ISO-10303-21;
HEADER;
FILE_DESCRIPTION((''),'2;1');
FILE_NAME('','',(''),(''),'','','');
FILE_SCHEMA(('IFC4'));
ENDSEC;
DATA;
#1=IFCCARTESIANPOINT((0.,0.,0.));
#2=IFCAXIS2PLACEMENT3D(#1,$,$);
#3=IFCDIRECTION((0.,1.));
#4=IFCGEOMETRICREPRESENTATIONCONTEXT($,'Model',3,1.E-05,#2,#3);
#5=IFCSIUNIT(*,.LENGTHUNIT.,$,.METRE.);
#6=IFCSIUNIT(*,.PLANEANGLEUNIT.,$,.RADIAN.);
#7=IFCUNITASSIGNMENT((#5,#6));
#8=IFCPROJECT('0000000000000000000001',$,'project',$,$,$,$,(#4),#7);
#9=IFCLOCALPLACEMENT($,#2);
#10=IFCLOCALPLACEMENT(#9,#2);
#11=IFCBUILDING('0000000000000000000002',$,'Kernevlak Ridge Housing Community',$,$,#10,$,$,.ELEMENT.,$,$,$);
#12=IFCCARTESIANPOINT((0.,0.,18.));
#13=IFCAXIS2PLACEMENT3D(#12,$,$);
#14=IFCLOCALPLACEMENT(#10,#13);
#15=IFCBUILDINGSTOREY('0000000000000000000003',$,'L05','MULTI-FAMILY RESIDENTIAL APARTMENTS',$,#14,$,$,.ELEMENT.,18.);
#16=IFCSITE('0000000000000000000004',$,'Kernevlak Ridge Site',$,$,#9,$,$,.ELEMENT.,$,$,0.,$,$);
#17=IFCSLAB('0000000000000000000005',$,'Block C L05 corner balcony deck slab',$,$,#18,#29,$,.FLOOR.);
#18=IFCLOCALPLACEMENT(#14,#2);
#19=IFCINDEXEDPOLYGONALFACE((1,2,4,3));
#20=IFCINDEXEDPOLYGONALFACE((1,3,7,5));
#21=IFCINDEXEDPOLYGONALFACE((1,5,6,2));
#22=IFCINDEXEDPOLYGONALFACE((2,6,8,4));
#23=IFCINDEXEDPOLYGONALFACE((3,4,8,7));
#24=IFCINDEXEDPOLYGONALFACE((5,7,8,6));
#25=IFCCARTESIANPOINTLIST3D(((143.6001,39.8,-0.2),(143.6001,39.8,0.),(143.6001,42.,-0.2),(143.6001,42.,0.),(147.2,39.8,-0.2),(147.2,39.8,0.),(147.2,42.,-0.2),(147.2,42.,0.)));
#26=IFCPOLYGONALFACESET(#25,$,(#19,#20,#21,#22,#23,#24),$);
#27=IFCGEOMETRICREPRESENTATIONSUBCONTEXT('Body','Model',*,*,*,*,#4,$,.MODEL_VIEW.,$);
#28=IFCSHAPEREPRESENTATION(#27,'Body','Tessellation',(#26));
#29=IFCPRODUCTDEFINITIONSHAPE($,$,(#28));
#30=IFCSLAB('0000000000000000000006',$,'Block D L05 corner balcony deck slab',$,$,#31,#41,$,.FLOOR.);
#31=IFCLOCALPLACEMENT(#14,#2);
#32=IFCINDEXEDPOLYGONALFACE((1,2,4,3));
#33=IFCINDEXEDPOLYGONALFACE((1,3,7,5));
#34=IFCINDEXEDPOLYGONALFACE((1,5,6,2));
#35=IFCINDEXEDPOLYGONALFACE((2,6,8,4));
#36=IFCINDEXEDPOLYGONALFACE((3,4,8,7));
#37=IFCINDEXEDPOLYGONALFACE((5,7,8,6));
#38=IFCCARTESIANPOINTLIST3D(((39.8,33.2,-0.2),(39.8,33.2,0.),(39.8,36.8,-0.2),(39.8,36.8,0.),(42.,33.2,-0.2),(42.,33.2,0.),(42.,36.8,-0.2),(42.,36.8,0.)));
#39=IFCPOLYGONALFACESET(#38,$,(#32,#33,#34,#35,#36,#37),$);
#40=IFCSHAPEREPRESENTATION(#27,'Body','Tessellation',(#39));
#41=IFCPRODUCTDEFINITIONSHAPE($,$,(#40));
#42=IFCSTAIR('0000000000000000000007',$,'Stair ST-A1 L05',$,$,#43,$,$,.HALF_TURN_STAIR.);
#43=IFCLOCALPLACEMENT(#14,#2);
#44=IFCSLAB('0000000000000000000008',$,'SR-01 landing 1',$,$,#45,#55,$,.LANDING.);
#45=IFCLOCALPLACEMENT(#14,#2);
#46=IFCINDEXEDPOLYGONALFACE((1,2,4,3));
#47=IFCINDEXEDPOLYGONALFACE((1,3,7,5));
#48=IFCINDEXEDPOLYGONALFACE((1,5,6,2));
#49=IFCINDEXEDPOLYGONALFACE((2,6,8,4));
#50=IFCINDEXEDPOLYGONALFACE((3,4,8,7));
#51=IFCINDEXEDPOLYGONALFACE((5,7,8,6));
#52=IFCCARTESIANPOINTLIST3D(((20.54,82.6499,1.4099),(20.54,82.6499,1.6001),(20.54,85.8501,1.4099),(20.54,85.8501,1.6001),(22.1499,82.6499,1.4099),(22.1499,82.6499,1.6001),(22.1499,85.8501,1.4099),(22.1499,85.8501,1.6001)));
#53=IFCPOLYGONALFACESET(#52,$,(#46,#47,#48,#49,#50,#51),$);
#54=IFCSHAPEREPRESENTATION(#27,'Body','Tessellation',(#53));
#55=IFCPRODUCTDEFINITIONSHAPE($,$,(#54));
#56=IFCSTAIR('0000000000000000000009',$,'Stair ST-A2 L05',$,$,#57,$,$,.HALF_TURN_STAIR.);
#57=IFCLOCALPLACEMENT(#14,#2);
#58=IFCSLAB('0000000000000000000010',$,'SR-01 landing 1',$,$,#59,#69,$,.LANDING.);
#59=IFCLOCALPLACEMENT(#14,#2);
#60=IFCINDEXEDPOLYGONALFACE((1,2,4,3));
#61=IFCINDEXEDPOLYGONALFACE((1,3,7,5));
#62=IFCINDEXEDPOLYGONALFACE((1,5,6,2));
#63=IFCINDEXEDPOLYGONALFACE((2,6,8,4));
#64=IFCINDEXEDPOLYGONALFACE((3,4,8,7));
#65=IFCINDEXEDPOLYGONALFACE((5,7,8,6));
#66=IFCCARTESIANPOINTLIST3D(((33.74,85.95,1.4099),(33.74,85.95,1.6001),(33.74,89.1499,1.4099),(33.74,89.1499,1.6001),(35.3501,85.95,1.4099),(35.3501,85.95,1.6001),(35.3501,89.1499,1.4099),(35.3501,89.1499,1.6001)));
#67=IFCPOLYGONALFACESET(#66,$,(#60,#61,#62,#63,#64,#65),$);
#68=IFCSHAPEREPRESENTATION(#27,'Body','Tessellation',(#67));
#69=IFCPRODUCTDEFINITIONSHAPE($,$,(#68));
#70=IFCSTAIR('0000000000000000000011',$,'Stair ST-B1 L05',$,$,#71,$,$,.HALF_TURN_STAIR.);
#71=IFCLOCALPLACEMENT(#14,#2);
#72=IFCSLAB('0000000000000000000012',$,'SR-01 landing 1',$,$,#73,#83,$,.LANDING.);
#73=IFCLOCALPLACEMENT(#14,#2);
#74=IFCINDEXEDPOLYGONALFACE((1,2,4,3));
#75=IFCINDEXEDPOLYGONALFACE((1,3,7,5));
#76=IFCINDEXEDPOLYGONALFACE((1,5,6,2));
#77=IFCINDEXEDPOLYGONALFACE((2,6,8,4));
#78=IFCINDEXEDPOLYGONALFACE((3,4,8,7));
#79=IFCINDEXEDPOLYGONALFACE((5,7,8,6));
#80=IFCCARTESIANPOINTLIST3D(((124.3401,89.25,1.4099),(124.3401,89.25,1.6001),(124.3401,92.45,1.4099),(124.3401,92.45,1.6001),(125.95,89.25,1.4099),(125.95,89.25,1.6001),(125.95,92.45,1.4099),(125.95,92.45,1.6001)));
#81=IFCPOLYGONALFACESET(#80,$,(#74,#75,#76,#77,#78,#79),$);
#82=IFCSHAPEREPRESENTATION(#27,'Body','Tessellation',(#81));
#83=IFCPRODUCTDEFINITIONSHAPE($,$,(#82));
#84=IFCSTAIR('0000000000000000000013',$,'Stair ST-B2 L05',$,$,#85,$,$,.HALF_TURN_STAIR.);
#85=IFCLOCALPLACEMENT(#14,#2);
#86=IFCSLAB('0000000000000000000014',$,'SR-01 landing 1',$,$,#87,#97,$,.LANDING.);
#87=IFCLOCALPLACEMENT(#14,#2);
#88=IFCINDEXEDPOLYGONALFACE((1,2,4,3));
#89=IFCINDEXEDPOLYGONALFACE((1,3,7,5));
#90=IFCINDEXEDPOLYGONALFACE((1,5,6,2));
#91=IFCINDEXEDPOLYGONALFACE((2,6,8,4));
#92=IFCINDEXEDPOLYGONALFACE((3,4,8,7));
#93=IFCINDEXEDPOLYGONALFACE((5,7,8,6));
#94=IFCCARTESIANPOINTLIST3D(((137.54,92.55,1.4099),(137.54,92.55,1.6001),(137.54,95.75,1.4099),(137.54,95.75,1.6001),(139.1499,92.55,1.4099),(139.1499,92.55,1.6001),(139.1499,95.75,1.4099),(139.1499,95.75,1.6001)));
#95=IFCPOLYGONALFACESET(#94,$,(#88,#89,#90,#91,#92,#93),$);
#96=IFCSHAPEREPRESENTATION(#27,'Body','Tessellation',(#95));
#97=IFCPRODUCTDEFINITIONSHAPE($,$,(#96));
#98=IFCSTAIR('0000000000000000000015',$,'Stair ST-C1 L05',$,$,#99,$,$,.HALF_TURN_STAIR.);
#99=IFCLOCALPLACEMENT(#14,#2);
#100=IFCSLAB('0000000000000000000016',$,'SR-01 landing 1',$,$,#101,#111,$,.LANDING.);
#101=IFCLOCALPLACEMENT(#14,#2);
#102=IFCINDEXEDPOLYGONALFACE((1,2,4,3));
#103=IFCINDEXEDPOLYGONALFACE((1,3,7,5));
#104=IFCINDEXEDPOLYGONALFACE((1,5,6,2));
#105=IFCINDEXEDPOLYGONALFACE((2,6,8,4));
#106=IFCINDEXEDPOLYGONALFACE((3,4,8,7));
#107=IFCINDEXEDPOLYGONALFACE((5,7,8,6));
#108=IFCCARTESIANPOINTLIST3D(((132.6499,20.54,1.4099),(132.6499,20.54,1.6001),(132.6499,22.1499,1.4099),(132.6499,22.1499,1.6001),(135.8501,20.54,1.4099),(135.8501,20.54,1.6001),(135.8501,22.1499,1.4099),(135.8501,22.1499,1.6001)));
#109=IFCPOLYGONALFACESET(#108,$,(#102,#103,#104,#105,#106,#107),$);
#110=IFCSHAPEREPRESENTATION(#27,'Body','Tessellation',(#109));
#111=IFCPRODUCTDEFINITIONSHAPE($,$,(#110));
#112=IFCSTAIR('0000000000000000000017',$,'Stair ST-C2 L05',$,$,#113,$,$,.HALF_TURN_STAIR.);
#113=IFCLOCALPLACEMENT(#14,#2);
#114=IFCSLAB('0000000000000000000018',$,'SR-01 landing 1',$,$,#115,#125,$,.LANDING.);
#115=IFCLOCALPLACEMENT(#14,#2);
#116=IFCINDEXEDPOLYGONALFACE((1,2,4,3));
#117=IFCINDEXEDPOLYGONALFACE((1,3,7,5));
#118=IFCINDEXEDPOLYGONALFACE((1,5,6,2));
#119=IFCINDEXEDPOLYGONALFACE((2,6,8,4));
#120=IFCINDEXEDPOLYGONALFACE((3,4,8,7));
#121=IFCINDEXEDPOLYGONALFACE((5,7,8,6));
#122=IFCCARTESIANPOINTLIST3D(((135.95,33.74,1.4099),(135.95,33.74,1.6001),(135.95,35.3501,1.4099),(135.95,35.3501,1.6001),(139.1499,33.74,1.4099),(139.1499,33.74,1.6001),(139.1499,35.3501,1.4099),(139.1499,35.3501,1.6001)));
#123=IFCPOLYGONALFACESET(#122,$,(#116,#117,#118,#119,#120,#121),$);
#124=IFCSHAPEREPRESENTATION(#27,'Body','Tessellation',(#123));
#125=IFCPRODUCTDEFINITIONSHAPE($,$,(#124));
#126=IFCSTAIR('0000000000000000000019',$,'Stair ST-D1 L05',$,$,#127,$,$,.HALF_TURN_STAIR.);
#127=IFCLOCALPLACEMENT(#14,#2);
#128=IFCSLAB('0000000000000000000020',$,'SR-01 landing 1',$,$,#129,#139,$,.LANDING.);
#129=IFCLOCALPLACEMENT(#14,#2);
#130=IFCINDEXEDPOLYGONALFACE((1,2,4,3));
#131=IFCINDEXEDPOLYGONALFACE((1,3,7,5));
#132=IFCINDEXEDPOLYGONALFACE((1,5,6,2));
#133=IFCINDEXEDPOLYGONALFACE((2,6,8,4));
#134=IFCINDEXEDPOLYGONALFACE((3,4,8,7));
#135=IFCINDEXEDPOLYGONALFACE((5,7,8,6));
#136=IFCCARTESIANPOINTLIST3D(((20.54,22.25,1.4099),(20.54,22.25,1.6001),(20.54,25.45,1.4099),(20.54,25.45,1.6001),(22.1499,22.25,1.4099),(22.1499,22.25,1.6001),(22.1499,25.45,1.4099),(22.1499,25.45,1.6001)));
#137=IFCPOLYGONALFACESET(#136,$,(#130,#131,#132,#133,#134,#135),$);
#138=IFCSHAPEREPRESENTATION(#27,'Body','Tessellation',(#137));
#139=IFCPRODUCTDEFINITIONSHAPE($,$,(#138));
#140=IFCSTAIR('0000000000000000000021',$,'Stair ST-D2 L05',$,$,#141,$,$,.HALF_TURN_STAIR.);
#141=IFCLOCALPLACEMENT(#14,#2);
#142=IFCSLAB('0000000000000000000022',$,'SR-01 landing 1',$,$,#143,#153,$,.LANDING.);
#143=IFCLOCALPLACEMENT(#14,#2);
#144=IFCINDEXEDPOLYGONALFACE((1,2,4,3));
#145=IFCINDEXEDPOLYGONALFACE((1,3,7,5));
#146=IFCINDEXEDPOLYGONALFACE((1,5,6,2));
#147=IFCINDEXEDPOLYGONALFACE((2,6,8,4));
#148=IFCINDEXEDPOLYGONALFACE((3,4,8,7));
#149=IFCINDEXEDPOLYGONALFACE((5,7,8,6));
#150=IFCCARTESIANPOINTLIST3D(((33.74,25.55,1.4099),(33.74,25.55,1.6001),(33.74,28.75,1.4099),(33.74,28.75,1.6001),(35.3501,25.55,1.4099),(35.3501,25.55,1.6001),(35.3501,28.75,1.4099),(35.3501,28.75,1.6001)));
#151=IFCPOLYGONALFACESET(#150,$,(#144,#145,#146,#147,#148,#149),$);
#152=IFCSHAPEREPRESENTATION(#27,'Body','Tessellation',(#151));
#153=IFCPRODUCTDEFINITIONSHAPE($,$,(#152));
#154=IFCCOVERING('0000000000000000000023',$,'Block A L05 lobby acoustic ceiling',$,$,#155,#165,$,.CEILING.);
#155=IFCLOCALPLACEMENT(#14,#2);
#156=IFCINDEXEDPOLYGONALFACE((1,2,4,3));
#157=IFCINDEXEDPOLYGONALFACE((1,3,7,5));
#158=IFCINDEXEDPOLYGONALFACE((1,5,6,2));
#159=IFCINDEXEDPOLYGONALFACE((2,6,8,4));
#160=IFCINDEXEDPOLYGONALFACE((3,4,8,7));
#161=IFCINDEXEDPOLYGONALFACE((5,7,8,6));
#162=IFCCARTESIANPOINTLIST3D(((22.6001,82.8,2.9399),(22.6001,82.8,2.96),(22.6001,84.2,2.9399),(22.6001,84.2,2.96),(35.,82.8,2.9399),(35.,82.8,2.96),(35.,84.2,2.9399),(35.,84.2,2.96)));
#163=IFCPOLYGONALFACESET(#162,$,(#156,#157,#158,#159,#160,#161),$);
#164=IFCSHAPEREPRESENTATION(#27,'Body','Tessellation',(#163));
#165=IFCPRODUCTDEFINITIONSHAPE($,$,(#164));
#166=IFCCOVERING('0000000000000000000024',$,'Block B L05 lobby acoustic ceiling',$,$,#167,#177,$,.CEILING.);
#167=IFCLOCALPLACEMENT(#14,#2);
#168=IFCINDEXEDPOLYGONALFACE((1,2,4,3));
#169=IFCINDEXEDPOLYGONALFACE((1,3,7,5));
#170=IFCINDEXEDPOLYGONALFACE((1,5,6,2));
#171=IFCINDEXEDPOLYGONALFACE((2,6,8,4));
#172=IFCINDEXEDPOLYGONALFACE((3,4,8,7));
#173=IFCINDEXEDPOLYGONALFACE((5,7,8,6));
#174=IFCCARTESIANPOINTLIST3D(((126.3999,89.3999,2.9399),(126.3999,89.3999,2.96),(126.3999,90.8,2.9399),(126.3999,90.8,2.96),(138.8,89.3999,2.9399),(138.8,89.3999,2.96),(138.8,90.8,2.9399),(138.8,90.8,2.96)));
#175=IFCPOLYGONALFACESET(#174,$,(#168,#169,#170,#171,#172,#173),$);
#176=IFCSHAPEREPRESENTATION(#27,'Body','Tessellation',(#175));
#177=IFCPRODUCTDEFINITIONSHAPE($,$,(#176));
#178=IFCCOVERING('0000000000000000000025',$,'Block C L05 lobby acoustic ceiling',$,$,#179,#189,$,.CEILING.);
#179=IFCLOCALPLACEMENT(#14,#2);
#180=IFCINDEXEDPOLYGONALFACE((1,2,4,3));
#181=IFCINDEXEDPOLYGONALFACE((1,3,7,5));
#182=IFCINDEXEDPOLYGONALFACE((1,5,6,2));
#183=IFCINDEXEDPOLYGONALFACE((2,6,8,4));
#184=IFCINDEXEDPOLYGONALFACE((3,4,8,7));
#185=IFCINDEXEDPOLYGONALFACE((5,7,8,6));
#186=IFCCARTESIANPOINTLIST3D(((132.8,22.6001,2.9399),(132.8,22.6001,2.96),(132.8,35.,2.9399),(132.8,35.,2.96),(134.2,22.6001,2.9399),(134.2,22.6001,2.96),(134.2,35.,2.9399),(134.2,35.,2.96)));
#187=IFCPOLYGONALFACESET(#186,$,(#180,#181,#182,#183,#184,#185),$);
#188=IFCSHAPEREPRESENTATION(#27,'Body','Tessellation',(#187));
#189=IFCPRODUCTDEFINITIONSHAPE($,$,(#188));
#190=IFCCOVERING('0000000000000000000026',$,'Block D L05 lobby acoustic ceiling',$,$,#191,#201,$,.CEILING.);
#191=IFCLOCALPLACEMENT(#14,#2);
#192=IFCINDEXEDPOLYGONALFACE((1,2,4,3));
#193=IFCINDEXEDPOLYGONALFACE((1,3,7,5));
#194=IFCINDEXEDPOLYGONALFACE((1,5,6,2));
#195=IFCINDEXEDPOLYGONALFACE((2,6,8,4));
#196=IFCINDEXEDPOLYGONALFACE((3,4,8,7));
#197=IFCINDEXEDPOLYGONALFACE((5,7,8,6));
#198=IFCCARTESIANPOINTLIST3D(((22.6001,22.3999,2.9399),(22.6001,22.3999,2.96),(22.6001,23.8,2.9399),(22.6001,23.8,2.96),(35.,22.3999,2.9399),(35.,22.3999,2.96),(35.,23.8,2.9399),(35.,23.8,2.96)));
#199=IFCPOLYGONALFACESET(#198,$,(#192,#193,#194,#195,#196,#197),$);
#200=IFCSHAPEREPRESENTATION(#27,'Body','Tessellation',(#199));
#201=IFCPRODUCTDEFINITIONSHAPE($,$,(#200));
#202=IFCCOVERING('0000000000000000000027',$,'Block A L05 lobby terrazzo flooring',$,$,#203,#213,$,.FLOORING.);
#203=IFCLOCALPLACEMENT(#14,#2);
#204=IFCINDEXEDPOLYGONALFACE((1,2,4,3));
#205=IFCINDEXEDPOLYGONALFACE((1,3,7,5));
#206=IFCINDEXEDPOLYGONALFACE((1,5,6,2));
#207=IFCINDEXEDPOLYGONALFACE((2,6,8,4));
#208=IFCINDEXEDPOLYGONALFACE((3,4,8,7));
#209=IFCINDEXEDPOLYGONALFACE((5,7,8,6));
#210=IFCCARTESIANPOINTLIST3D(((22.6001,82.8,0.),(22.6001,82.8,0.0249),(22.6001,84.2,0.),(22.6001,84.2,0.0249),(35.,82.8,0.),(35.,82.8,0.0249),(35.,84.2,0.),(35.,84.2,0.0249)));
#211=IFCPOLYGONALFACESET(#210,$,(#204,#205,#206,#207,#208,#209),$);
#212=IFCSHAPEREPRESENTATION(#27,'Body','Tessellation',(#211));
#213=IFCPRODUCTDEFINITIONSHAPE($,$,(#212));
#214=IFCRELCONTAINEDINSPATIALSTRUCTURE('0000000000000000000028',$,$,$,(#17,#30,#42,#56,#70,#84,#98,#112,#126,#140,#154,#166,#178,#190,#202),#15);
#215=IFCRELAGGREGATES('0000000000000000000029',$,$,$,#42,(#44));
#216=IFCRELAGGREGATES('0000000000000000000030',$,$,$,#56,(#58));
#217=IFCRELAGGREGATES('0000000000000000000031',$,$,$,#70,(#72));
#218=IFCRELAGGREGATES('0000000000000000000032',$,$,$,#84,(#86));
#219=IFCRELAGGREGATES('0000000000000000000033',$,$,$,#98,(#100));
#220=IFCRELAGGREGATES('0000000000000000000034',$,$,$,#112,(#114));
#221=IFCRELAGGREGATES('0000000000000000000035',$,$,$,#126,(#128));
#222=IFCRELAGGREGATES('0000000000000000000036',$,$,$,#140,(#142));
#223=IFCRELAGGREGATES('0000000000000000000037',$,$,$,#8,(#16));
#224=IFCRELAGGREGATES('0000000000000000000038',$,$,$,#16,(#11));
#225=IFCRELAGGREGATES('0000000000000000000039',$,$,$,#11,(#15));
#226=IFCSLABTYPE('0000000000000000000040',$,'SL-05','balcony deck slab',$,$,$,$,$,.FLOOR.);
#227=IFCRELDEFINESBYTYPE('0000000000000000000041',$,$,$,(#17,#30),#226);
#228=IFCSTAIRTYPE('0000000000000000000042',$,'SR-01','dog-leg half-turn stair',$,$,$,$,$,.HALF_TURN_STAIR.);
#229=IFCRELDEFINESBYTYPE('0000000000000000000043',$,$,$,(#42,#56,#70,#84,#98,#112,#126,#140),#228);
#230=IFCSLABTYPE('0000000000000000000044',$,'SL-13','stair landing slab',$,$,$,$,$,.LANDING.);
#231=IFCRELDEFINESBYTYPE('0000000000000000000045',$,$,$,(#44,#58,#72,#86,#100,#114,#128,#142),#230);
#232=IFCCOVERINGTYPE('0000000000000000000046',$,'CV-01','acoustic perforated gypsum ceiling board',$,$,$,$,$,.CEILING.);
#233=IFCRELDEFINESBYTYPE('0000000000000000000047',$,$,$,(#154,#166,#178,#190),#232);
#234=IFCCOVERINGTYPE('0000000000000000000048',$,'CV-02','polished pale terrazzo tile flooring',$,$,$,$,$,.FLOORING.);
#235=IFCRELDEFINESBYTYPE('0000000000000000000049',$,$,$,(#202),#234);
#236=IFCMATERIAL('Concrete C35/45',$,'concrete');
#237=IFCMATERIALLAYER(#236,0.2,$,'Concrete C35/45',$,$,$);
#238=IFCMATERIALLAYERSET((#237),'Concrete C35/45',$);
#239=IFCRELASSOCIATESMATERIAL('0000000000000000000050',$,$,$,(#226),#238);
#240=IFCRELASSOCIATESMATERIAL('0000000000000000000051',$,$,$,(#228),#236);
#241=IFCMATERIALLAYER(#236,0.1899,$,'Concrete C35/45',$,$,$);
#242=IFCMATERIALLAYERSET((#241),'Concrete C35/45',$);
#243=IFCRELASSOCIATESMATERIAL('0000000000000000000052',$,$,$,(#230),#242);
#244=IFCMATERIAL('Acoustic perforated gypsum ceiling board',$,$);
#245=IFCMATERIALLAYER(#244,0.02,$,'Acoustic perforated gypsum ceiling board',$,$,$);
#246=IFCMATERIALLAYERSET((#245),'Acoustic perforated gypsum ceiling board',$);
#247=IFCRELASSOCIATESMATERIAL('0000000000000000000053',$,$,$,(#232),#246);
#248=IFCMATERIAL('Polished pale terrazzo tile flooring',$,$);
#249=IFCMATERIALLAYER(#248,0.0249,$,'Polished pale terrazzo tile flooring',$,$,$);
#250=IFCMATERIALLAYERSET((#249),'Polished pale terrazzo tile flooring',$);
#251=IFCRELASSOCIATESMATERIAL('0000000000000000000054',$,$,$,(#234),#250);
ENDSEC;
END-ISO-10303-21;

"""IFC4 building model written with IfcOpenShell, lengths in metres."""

from ifc_helpers import new_model, si_unit, direction, frame, origin, place, context, subcontext, project, spatial, polyline, outline, extrude, material, layer, layer_set, type_object, element, aggregate, save


model = new_model("IFC4")

# Units and contexts
model_context = context("Model", 3, precision=1e-05, world=origin(), true_north=direction((0.0, 1.0)))
body_context = subcontext(model_context, "Body", "Model", "MODEL_VIEW")
ifc_project = project(units=[si_unit("LENGTHUNIT", "METRE"), si_unit("PLANEANGLEUNIT", "RADIAN")], contexts=[model_context])

# Site, building, storey
site_placement = place(None, origin())
site = spatial("IfcSite", under=ifc_project, at=site_placement, Name="Kernevlak Ridge Site", CompositionType="ELEMENT", RefElevation=0.0)
building_placement = place(site_placement, origin())
building = spatial("IfcBuilding", under=site, at=building_placement, Name="Kernevlak Ridge Housing Community", CompositionType="ELEMENT")
storey_placement = place(building_placement, frame((0.0, 0.0, 18.0)))
storey = spatial("IfcBuildingStorey", under=building, at=storey_placement, Name="L05", Description="MULTI-FAMILY RESIDENTIAL APARTMENTS", CompositionType="ELEMENT", Elevation=18.0)

# Shared definitions
ifc_material_1 = material(Name="Concrete C35/45", Category="concrete")

# Slabs
ifc_layer_1 = layer(ifc_material_1, 0.2, Name="Concrete C35/45")
ifc_layer_set_1 = layer_set([ifc_layer_1], Name="Concrete C35/45")
slab_type_1 = type_object("IfcSlabType", Name="SL-05", Description="balcony deck slab", PredefinedType="FLOOR", material=ifc_layer_set_1)
slab_1_placement = place(storey_placement, frame((0.0, 0.0, -0.2)))
element("IfcSlab", 1, at=slab_1_placement, inside=storey, type_object=slab_type_1, Name="Block C L05 corner balcony deck slab", PredefinedType="FLOOR", context=body_context, shape_type="SweptSolid", body=[
    extrude(outline(polyline([(147.2, 39.8), (147.2, 42.0), (143.6001, 42.0), (143.6001, 39.8), (147.2, 39.8)])), origin(), (0.0, 0.0, 1.0), 0.2),
])
slab_2_placement = place(storey_placement, frame((0.0, 0.0, -0.2)))
element("IfcSlab", 2, at=slab_2_placement, inside=storey, type_object=slab_type_1, Name="Block D L05 corner balcony deck slab", PredefinedType="FLOOR", context=body_context, shape_type="SweptSolid", body=[
    extrude(outline(polyline([(39.8, 33.2), (42.0, 33.2), (42.0, 36.8), (39.8, 36.8), (39.8, 33.2)])), origin(), (0.0, 0.0, 1.0), 0.2),
])

# Stairs, slabs
stair_type = type_object("IfcStairType", Name="SR-01", Description="dog-leg half-turn stair", PredefinedType="HALF_TURN_STAIR", material=ifc_material_1)
stair_1_placement = place(storey_placement, origin())
stair_1 = element("IfcStair", 3, at=stair_1_placement, inside=storey, type_object=stair_type, Name="Stair ST-A1 L05", PredefinedType="HALF_TURN_STAIR")
ifc_layer_2 = layer(ifc_material_1, 0.1899, Name="Concrete C35/45")
ifc_layer_set_2 = layer_set([ifc_layer_2], Name="Concrete C35/45")
slab_type_2 = type_object("IfcSlabType", Name="SL-13", Description="stair landing slab", PredefinedType="LANDING", material=ifc_layer_set_2)
slab_3_placement = place(storey_placement, frame((0.0, 0.0, 1.4099)))
slab_3 = element("IfcSlab", 4, at=slab_3_placement, type_object=slab_type_2, Name="SR-01 landing 1", PredefinedType="LANDING", context=body_context, shape_type="SweptSolid", body=[
    extrude(outline(polyline([(20.54, 82.6499), (22.1499, 82.6499), (22.1499, 85.8501), (20.54, 85.8501), (20.54, 82.6499)])), origin(), (0.0, 0.0, 1.0), 0.1902),
])
aggregate(stair_1, [slab_3])
stair_2_placement = place(storey_placement, origin())
stair_2 = element("IfcStair", 5, at=stair_2_placement, inside=storey, type_object=stair_type, Name="Stair ST-A2 L05", PredefinedType="HALF_TURN_STAIR")
slab_4_placement = place(storey_placement, frame((0.0, 0.0, 1.4099)))
slab_4 = element("IfcSlab", 6, at=slab_4_placement, type_object=slab_type_2, Name="SR-01 landing 1", PredefinedType="LANDING", context=body_context, shape_type="SweptSolid", body=[
    extrude(outline(polyline([(33.74, 85.95), (35.3501, 85.95), (35.3501, 89.1499), (33.74, 89.1499), (33.74, 85.95)])), origin(), (0.0, 0.0, 1.0), 0.1902),
])
aggregate(stair_2, [slab_4])
stair_3_placement = place(storey_placement, origin())
stair_3 = element("IfcStair", 7, at=stair_3_placement, inside=storey, type_object=stair_type, Name="Stair ST-B1 L05", PredefinedType="HALF_TURN_STAIR")
slab_5_placement = place(storey_placement, frame((0.0, 0.0, 1.4099)))
slab_5 = element("IfcSlab", 8, at=slab_5_placement, type_object=slab_type_2, Name="SR-01 landing 1", PredefinedType="LANDING", context=body_context, shape_type="SweptSolid", body=[
    extrude(outline(polyline([(124.3401, 89.25), (125.95, 89.25), (125.95, 92.45), (124.3401, 92.45), (124.3401, 89.25)])), origin(), (0.0, 0.0, 1.0), 0.1902),
])
aggregate(stair_3, [slab_5])
stair_4_placement = place(storey_placement, origin())
stair_4 = element("IfcStair", 9, at=stair_4_placement, inside=storey, type_object=stair_type, Name="Stair ST-B2 L05", PredefinedType="HALF_TURN_STAIR")
slab_6_placement = place(storey_placement, frame((0.0, 0.0, 1.4099)))
slab_6 = element("IfcSlab", 10, at=slab_6_placement, type_object=slab_type_2, Name="SR-01 landing 1", PredefinedType="LANDING", context=body_context, shape_type="SweptSolid", body=[
    extrude(outline(polyline([(137.54, 92.55), (139.1499, 92.55), (139.1499, 95.75), (137.54, 95.75), (137.54, 92.55)])), origin(), (0.0, 0.0, 1.0), 0.1902),
])
aggregate(stair_4, [slab_6])
stair_5_placement = place(storey_placement, origin())
stair_5 = element("IfcStair", 11, at=stair_5_placement, inside=storey, type_object=stair_type, Name="Stair ST-C1 L05", PredefinedType="HALF_TURN_STAIR")
slab_7_placement = place(storey_placement, frame((0.0, 0.0, 1.4099)))
slab_7 = element("IfcSlab", 12, at=slab_7_placement, type_object=slab_type_2, Name="SR-01 landing 1", PredefinedType="LANDING", context=body_context, shape_type="SweptSolid", body=[
    extrude(outline(polyline([(135.8501, 20.54), (135.8501, 22.1499), (132.6499, 22.1499), (132.6499, 20.54), (135.8501, 20.54)])), origin(), (0.0, 0.0, 1.0), 0.1902),
])
aggregate(stair_5, [slab_7])
stair_6_placement = place(storey_placement, origin())
stair_6 = element("IfcStair", 13, at=stair_6_placement, inside=storey, type_object=stair_type, Name="Stair ST-C2 L05", PredefinedType="HALF_TURN_STAIR")
slab_8_placement = place(storey_placement, frame((0.0, 0.0, 1.4099)))
slab_8 = element("IfcSlab", 14, at=slab_8_placement, type_object=slab_type_2, Name="SR-01 landing 1", PredefinedType="LANDING", context=body_context, shape_type="SweptSolid", body=[
    extrude(outline(polyline([(139.1499, 33.74), (139.1499, 35.3501), (135.95, 35.3501), (135.95, 33.74), (139.1499, 33.74)])), origin(), (0.0, 0.0, 1.0), 0.1902),
])
aggregate(stair_6, [slab_8])
stair_7_placement = place(storey_placement, origin())
stair_7 = element("IfcStair", 15, at=stair_7_placement, inside=storey, type_object=stair_type, Name="Stair ST-D1 L05", PredefinedType="HALF_TURN_STAIR")
slab_9_placement = place(storey_placement, frame((0.0, 0.0, 1.4099)))
slab_9 = element("IfcSlab", 16, at=slab_9_placement, type_object=slab_type_2, Name="SR-01 landing 1", PredefinedType="LANDING", context=body_context, shape_type="SweptSolid", body=[
    extrude(outline(polyline([(20.54, 22.25), (22.1499, 22.25), (22.1499, 25.45), (20.54, 25.45), (20.54, 22.25)])), origin(), (0.0, 0.0, 1.0), 0.1902),
])
aggregate(stair_7, [slab_9])
stair_8_placement = place(storey_placement, origin())
stair_8 = element("IfcStair", 17, at=stair_8_placement, inside=storey, type_object=stair_type, Name="Stair ST-D2 L05", PredefinedType="HALF_TURN_STAIR")
slab_10_placement = place(storey_placement, frame((0.0, 0.0, 1.4099)))
slab_10 = element("IfcSlab", 18, at=slab_10_placement, type_object=slab_type_2, Name="SR-01 landing 1", PredefinedType="LANDING", context=body_context, shape_type="SweptSolid", body=[
    extrude(outline(polyline([(33.74, 25.55), (35.3501, 25.55), (35.3501, 28.75), (33.74, 28.75), (33.74, 25.55)])), origin(), (0.0, 0.0, 1.0), 0.1902),
])
aggregate(stair_8, [slab_10])

# Coverings
ifc_material_2 = material(Name="Acoustic perforated gypsum ceiling board")
ifc_layer_3 = layer(ifc_material_2, 0.02, Name="Acoustic perforated gypsum ceiling board")
ifc_layer_set_3 = layer_set([ifc_layer_3], Name="Acoustic perforated gypsum ceiling board")
covering_type_1 = type_object("IfcCoveringType", Name="CV-01", Description="acoustic perforated gypsum ceiling board", PredefinedType="CEILING", material=ifc_layer_set_3)
covering_1_placement = place(storey_placement, frame((0.0, 0.0, 2.9399)))
element("IfcCovering", 19, at=covering_1_placement, inside=storey, type_object=covering_type_1, Name="Block A L05 lobby acoustic ceiling", PredefinedType="CEILING", context=body_context, shape_type="SweptSolid", body=[
    extrude(outline(polyline([(22.6001, 82.8), (35.0, 82.8), (35.0, 84.2), (22.6001, 84.2), (22.6001, 82.8)])), origin(), (0.0, 0.0, 1.0), 0.02),
])
covering_2_placement = place(storey_placement, frame((0.0, 0.0, 2.9399)))
element("IfcCovering", 20, at=covering_2_placement, inside=storey, type_object=covering_type_1, Name="Block B L05 lobby acoustic ceiling", PredefinedType="CEILING", context=body_context, shape_type="SweptSolid", body=[
    extrude(outline(polyline([(126.3999, 89.3999), (138.8, 89.3999), (138.8, 90.8), (126.3999, 90.8), (126.3999, 89.3999)])), origin(), (0.0, 0.0, 1.0), 0.02),
])
covering_3_placement = place(storey_placement, frame((0.0, 0.0, 2.9399)))
element("IfcCovering", 21, at=covering_3_placement, inside=storey, type_object=covering_type_1, Name="Block C L05 lobby acoustic ceiling", PredefinedType="CEILING", context=body_context, shape_type="SweptSolid", body=[
    extrude(outline(polyline([(134.2, 22.6001), (134.2, 35.0), (132.8, 35.0), (132.8, 22.6001), (134.2, 22.6001)])), origin(), (0.0, 0.0, 1.0), 0.02),
])
covering_4_placement = place(storey_placement, frame((0.0, 0.0, 2.9399)))
element("IfcCovering", 22, at=covering_4_placement, inside=storey, type_object=covering_type_1, Name="Block D L05 lobby acoustic ceiling", PredefinedType="CEILING", context=body_context, shape_type="SweptSolid", body=[
    extrude(outline(polyline([(22.6001, 22.3999), (35.0, 22.3999), (35.0, 23.8), (22.6001, 23.8), (22.6001, 22.3999)])), origin(), (0.0, 0.0, 1.0), 0.02),
])
ifc_material_3 = material(Name="Polished pale terrazzo tile flooring")
ifc_layer_4 = layer(ifc_material_3, 0.0249, Name="Polished pale terrazzo tile flooring")
ifc_layer_set_4 = layer_set([ifc_layer_4], Name="Polished pale terrazzo tile flooring")
covering_type_2 = type_object("IfcCoveringType", Name="CV-02", Description="polished pale terrazzo tile flooring", PredefinedType="FLOORING", material=ifc_layer_set_4)
covering_5_placement = place(storey_placement, origin())
element("IfcCovering", 23, at=covering_5_placement, inside=storey, type_object=covering_type_2, Name="Block A L05 lobby terrazzo flooring", PredefinedType="FLOORING", context=body_context, shape_type="SweptSolid", body=[
    extrude(outline(polyline([(22.6001, 82.8), (35.0, 82.8), (35.0, 84.2), (22.6001, 84.2), (22.6001, 82.8)])), origin(), (0.0, 0.0, 1.0), 0.0249),
])

save(model, "model.ifc")
